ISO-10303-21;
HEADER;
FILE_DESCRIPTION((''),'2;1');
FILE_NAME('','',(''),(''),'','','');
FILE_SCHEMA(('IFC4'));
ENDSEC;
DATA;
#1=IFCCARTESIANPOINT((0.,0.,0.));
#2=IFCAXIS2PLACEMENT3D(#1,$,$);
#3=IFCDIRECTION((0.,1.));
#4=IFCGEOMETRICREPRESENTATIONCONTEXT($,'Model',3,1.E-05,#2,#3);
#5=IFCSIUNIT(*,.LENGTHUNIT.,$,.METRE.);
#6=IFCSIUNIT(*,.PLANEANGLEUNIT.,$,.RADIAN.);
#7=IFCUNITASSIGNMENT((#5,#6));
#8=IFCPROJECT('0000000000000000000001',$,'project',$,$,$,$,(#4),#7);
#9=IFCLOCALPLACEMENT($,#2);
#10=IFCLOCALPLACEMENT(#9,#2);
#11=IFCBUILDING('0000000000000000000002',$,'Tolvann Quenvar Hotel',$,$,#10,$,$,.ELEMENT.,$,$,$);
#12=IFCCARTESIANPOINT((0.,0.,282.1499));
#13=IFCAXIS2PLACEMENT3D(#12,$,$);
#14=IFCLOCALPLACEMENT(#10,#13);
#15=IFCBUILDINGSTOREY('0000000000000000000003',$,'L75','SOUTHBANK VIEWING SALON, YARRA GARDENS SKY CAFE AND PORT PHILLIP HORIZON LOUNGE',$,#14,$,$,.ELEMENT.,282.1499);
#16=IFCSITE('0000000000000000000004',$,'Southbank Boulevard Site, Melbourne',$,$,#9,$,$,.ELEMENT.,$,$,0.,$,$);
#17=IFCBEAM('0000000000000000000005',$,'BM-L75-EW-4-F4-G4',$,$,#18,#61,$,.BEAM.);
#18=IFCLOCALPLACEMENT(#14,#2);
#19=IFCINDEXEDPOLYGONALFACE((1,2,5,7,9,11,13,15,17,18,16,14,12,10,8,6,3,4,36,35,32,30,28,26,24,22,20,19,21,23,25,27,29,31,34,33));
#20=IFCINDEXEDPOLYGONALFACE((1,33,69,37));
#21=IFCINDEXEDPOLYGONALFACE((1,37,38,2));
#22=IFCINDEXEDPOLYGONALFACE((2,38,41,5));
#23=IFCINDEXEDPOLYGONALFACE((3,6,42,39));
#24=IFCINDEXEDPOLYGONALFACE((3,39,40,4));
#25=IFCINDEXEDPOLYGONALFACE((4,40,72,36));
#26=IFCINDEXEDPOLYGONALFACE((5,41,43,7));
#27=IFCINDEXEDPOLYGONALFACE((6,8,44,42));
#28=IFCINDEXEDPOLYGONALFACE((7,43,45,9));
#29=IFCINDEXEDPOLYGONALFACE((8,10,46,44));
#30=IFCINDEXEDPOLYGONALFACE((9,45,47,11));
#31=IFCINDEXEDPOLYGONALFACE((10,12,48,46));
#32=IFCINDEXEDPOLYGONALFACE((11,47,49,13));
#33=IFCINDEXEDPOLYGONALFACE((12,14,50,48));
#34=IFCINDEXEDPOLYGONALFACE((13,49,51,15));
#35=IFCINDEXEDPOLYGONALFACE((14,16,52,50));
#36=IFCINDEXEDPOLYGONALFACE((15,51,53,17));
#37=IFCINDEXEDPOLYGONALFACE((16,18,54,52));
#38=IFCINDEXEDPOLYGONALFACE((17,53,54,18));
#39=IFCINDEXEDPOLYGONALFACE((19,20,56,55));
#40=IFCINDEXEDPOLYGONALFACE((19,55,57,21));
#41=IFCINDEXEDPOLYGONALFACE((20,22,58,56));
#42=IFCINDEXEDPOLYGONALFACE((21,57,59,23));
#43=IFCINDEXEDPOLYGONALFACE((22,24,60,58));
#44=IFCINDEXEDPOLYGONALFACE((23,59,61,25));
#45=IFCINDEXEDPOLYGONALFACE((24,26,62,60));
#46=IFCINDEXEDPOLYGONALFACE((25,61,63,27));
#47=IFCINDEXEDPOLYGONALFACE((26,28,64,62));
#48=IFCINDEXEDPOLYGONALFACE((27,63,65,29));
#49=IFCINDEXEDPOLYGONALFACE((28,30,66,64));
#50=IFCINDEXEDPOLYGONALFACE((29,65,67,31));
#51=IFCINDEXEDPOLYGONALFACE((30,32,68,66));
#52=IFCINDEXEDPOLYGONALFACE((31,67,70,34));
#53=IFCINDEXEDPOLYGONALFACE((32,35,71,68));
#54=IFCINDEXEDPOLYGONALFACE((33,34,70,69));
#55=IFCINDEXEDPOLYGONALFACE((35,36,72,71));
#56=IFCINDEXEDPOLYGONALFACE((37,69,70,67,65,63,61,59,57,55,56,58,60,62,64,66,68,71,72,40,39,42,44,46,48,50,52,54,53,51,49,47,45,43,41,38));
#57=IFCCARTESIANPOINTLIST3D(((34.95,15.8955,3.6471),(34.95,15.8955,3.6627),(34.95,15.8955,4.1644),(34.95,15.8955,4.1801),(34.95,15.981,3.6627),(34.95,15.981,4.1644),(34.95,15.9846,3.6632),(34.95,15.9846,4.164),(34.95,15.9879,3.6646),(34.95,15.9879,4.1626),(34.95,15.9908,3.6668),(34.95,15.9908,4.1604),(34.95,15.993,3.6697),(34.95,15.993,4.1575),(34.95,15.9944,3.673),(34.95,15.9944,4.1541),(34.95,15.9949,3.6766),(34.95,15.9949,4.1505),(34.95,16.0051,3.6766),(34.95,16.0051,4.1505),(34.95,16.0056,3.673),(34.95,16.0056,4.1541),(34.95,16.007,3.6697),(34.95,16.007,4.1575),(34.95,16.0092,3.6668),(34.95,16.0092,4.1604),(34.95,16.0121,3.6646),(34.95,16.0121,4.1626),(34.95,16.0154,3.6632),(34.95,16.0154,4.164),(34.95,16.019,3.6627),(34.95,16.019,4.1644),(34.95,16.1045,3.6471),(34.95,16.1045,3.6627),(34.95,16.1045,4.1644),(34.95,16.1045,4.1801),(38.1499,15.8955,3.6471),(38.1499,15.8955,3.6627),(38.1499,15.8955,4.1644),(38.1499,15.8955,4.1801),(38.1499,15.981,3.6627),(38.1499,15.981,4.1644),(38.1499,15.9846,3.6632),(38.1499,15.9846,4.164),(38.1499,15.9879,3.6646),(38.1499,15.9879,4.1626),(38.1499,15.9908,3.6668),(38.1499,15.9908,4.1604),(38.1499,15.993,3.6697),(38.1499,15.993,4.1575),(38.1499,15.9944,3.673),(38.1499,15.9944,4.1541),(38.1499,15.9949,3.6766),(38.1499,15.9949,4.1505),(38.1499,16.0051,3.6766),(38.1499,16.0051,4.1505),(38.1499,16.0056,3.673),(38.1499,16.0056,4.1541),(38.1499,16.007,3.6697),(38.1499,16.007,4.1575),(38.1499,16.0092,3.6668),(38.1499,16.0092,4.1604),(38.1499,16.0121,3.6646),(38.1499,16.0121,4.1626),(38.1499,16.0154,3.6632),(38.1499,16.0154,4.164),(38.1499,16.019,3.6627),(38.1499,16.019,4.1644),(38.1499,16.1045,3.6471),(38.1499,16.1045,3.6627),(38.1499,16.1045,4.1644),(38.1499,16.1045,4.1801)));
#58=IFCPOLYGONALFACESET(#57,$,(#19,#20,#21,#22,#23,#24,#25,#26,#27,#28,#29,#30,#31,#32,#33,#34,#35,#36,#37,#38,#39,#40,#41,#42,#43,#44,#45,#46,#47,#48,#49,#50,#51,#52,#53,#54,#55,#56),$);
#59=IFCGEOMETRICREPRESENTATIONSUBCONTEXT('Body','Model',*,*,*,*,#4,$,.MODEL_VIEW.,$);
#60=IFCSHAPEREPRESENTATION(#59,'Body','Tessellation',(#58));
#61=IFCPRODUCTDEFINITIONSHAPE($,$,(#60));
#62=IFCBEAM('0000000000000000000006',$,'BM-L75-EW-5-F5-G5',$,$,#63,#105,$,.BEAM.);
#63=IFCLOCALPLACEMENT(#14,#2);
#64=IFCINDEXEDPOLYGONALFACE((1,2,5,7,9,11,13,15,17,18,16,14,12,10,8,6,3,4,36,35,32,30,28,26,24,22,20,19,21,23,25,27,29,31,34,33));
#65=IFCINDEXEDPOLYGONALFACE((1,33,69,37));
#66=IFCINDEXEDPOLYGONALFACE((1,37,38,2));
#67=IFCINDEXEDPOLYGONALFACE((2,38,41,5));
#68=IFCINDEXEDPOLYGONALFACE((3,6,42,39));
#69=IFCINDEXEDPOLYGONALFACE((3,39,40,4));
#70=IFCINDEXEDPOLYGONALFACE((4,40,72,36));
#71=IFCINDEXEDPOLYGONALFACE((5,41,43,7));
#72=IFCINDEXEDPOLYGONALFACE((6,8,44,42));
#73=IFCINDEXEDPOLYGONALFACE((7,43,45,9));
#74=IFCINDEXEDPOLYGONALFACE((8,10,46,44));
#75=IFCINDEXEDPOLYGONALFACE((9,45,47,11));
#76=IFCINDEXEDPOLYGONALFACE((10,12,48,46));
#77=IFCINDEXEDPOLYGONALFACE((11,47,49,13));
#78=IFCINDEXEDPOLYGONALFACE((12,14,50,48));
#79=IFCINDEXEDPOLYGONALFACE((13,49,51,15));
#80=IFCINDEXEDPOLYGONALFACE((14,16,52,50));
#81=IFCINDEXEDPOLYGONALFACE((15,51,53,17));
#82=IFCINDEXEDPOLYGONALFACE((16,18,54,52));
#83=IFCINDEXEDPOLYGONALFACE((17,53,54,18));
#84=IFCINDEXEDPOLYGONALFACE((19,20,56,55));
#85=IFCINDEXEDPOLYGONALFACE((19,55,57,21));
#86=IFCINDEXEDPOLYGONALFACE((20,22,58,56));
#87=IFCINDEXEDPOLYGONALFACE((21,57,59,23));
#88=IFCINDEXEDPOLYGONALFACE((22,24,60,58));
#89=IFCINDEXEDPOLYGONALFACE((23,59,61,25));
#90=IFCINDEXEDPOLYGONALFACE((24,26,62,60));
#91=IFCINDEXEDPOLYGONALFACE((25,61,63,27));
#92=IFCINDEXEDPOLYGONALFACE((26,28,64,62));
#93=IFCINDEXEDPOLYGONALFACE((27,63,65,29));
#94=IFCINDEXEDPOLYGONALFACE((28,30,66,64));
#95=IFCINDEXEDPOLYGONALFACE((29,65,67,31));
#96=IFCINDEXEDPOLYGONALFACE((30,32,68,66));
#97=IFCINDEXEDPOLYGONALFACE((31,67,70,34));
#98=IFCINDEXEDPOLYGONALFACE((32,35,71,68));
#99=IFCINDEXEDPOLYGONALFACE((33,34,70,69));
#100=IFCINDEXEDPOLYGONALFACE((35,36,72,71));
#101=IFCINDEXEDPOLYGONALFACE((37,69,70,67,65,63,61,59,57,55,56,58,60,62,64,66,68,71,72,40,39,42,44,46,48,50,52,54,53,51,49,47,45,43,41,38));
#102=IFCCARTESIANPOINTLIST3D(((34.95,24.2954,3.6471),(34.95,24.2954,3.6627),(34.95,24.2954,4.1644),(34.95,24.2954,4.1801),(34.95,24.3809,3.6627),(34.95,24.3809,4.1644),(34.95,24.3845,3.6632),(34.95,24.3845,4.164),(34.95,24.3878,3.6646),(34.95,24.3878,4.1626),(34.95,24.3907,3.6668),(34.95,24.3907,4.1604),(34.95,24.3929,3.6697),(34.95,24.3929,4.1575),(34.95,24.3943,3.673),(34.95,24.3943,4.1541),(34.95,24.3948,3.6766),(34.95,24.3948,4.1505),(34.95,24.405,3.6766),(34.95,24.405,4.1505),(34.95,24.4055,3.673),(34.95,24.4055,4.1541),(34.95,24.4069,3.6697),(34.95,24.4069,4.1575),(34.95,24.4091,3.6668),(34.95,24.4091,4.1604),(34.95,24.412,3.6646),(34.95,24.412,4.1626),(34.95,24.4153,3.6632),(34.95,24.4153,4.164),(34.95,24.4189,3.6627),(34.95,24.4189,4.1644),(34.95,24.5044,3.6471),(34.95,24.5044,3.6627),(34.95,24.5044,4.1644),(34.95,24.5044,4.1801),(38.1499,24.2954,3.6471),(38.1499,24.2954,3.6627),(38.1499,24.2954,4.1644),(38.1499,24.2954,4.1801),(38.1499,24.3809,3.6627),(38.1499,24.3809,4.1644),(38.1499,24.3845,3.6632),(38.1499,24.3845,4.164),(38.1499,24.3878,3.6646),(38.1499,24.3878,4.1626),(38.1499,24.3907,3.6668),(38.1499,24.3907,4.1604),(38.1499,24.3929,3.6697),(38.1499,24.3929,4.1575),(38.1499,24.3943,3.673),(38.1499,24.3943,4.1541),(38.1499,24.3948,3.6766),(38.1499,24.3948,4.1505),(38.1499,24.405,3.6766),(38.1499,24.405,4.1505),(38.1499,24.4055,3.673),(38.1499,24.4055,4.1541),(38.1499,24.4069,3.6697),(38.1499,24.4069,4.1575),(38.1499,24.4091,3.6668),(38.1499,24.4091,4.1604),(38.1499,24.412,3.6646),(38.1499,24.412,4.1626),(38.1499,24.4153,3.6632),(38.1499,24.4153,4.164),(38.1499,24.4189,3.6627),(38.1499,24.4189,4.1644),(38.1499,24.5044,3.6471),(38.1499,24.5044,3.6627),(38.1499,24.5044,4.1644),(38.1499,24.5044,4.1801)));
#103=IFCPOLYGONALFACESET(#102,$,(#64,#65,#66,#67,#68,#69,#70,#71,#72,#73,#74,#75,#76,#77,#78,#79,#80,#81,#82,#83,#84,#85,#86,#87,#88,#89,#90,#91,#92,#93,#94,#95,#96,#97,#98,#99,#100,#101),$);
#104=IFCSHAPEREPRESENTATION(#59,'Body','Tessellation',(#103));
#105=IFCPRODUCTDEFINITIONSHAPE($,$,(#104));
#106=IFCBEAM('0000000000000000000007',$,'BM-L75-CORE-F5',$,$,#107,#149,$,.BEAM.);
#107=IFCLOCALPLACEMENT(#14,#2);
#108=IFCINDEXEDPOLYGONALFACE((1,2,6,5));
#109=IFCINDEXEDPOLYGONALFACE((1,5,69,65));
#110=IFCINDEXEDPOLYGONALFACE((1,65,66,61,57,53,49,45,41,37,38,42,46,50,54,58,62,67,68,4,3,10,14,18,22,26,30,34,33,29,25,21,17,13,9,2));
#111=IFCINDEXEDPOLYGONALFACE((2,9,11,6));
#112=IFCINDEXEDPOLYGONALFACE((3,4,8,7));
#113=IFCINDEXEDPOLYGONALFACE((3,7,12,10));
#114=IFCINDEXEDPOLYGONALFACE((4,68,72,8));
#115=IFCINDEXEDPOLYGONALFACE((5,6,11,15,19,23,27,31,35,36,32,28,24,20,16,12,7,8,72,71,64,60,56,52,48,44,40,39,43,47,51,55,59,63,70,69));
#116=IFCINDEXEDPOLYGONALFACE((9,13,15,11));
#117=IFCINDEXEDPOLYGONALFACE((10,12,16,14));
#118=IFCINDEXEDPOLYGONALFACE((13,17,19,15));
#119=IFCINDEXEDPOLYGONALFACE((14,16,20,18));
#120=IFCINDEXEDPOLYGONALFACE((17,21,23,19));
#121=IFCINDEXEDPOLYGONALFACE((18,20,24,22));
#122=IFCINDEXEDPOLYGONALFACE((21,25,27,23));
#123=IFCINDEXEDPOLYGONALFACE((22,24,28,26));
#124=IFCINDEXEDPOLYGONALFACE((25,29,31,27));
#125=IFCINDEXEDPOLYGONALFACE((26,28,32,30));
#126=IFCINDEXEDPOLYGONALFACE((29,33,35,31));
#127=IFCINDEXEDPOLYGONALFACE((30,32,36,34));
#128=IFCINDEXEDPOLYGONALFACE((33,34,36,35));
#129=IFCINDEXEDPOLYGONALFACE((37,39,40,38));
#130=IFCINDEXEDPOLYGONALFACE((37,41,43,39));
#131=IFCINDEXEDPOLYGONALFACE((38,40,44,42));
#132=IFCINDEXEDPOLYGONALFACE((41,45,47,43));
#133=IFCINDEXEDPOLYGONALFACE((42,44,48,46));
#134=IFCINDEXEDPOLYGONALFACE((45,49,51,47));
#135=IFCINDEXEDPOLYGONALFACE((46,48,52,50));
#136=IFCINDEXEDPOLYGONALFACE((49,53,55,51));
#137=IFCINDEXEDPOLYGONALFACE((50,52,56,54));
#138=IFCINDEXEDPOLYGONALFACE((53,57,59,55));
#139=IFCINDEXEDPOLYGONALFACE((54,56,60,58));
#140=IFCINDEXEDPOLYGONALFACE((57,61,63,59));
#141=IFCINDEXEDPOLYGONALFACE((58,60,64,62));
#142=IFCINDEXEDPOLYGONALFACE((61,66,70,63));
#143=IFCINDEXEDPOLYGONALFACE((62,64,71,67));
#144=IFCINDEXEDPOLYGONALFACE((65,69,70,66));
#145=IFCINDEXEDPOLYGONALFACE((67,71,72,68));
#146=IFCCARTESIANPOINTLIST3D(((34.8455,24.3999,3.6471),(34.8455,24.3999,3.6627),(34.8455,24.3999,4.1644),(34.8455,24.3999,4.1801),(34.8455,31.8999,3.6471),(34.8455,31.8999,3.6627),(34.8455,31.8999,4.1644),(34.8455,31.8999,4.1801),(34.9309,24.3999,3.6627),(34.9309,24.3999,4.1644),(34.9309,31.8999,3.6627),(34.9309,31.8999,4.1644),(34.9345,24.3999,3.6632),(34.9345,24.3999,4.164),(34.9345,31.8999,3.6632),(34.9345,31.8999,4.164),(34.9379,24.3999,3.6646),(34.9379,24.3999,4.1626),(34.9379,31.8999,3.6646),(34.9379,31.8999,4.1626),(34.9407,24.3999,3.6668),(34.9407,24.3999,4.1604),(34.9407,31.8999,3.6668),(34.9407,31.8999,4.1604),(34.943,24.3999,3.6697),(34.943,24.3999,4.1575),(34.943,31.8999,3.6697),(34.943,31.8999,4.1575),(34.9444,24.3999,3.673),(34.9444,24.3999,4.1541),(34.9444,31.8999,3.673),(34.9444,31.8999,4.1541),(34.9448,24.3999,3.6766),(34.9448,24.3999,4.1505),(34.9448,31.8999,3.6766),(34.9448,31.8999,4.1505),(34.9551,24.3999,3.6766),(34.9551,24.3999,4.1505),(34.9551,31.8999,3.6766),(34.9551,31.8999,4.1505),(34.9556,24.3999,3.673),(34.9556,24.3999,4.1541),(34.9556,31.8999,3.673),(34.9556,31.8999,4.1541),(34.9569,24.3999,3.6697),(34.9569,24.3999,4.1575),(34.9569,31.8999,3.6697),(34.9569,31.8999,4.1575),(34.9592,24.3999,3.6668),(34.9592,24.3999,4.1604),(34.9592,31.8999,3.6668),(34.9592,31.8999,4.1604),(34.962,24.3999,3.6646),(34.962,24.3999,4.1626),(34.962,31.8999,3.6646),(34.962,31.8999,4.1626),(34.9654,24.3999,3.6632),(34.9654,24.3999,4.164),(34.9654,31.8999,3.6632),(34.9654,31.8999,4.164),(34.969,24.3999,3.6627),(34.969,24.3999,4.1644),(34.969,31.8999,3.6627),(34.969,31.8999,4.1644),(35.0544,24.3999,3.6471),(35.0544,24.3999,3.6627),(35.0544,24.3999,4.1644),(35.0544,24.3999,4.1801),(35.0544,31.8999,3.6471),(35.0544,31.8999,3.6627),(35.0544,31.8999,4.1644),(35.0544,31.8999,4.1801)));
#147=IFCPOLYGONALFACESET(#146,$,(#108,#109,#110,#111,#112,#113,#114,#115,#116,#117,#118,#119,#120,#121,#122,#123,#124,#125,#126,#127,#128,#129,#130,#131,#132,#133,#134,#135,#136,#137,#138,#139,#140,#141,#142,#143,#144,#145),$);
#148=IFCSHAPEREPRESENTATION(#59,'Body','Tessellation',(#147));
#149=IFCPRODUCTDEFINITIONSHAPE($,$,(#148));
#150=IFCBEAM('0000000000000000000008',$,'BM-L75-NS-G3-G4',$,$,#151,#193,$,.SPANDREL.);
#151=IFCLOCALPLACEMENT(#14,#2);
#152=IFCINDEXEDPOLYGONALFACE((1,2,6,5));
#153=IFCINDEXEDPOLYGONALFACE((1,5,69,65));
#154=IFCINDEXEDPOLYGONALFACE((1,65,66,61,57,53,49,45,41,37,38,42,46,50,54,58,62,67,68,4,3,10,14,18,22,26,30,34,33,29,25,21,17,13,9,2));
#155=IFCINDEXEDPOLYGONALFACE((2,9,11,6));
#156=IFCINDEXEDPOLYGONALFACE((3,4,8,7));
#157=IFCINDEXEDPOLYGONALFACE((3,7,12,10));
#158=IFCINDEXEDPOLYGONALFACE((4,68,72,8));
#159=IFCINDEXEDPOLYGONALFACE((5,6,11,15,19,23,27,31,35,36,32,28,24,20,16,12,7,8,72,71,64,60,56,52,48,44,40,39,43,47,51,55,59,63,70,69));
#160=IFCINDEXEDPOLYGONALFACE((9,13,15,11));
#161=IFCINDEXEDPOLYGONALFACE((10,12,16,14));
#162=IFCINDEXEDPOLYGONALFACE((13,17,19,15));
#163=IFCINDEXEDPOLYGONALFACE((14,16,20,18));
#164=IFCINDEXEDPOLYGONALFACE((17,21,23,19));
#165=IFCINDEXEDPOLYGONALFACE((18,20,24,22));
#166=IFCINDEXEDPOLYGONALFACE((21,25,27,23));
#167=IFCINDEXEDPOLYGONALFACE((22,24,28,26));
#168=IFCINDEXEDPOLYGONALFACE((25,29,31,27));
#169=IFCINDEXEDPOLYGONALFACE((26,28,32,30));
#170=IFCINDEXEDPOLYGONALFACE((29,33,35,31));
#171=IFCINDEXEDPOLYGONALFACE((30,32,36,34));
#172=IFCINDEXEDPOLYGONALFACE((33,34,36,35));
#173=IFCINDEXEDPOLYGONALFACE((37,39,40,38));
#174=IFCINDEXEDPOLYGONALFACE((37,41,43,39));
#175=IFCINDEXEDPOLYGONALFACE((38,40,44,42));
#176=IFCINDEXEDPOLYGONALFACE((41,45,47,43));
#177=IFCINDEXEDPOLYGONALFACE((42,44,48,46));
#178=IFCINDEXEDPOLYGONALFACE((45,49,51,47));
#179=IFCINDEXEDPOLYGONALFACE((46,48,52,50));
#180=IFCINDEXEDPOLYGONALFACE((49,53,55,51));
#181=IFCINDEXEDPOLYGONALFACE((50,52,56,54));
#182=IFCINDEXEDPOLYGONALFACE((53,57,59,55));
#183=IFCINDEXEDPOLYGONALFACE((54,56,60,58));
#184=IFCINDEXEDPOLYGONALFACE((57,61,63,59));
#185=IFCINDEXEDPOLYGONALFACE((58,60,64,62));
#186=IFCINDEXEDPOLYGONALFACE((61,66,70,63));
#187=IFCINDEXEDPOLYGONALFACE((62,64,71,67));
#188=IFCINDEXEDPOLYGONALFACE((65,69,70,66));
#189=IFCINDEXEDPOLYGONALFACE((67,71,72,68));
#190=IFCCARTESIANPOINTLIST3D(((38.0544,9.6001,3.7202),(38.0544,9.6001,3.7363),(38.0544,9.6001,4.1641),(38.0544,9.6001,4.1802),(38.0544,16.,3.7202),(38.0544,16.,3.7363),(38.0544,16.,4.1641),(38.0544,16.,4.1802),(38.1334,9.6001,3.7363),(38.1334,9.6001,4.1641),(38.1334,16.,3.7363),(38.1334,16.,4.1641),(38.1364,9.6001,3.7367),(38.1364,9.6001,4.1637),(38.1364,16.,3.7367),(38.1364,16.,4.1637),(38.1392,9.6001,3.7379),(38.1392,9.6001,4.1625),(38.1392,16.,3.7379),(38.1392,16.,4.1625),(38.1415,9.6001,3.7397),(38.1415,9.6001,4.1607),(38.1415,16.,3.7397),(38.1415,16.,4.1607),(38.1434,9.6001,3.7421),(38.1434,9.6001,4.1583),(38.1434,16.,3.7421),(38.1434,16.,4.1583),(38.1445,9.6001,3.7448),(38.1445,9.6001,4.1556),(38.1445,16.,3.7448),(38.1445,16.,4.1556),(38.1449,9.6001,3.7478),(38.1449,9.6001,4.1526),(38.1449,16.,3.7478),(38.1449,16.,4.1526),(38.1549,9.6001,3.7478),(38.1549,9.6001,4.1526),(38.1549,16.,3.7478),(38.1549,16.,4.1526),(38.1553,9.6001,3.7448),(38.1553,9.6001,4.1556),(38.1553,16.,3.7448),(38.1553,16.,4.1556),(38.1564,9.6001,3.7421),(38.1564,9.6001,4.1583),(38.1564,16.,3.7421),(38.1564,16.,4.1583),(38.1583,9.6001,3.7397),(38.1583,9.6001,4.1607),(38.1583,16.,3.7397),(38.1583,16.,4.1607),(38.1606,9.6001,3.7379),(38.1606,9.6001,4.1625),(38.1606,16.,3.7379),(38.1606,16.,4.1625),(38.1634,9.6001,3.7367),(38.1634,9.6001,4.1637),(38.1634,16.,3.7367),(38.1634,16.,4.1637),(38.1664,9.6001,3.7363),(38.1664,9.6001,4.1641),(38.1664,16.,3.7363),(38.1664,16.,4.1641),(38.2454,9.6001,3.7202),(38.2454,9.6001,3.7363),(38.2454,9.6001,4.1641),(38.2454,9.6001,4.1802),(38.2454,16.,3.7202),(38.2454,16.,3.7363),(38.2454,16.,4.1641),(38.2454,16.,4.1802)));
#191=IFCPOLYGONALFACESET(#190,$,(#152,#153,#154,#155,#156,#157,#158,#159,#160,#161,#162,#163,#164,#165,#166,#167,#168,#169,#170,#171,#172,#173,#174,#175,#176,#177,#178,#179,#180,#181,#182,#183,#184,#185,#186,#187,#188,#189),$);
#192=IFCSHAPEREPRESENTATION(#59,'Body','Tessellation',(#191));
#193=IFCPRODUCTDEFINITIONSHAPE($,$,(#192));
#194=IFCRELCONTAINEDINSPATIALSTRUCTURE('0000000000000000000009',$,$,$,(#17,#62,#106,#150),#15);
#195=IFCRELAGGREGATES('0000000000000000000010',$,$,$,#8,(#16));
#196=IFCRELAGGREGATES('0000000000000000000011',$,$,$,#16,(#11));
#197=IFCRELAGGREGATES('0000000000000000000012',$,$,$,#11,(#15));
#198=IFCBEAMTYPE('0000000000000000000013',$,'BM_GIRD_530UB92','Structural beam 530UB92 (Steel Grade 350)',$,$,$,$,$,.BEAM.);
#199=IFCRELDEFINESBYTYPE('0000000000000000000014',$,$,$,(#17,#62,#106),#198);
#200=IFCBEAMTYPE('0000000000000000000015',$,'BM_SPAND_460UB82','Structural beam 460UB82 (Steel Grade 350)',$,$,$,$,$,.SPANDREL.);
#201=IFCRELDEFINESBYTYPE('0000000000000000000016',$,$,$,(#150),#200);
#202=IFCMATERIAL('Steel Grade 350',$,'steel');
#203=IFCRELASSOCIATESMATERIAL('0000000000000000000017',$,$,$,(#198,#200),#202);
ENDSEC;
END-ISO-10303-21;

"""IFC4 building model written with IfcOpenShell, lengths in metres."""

from ifc_helpers import new_model, si_unit, direction, frame, origin, origin_2d, place, context, subcontext, project, spatial, i_section, extrude, source, transform, mapped, material, material_profile, profile_set, type_object, element, save


model = new_model("IFC4")

# Units and contexts
model_context = context("Model", 3, precision=1e-05, world=origin(), true_north=direction((0.0, 1.0)))
body_context = subcontext(model_context, "Body", "Model", "MODEL_VIEW")
ifc_project = project(units=[si_unit("LENGTHUNIT", "METRE"), si_unit("PLANEANGLEUNIT", "RADIAN")], contexts=[model_context])

# Site, building, storey
site_placement = place(None, origin())
site = spatial("IfcSite", under=ifc_project, at=site_placement, Name="Southbank Boulevard Site, Melbourne", CompositionType="ELEMENT", RefElevation=0.0)
building_placement = place(site_placement, origin())
building = spatial("IfcBuilding", under=site, at=building_placement, Name="Tolvann Quenvar Hotel", CompositionType="ELEMENT")
storey_placement = place(building_placement, frame((0.0, 0.0, 282.1499)))
storey = spatial("IfcBuildingStorey", under=building, at=storey_placement, Name="L75", Description="SOUTHBANK VIEWING SALON, YARRA GARDENS SKY CAFE AND PORT PHILLIP HORIZON LOUNGE", CompositionType="ELEMENT", Elevation=282.1499)

# Shared definitions
ifc_material_1 = material(Name="Steel Grade 350", Category="steel")

# Beams
ifc_material_profile_1 = material_profile(ifc_material_1, i_section(OverallWidth=0.209, OverallDepth=0.533, WebThickness=0.0103, FlangeThickness=0.0156, FilletRadius=0.0139, at=origin_2d()), Name="530UB92")
ifc_profile_set_1 = profile_set([ifc_material_profile_1], Name="Steel Grade 350")
beam_type_1 = type_object("IfcBeamType", Name="BM_GIRD_530UB92", Description="Structural beam 530UB92 (Steel Grade 350)", PredefinedType="BEAM", material=ifc_profile_set_1)
ifc_material_profile_2 = material_profile(ifc_material_1, i_section(OverallWidth=0.1909, OverallDepth=0.46, WebThickness=0.01, FlangeThickness=0.0161, FilletRadius=0.0115, at=origin_2d()), Name="460UB82")
ifc_profile_set_2 = profile_set([ifc_material_profile_2], Name="Steel Grade 350")
beam_type_2 = type_object("IfcBeamType", Name="BM_SPAND_460UB82", Description="Structural beam 460UB82 (Steel Grade 350)", PredefinedType="SPANDREL", material=ifc_profile_set_2)
shared_shape_1 = source(origin(), body_context, "Body", "SweptSolid", [
    extrude(i_section(OverallWidth=0.209, OverallDepth=0.533, WebThickness=0.0103, FlangeThickness=0.0156, FilletRadius=0.0139, at=origin_2d()), origin(), (0.0, 0.0, 1.0), 3.2),
])
for number, where, z_axis, x_axis, name in (
    (1, (34.95, 16.0, 3.9136), (1.0, 0.0, 0.0), (0.0, 1.0, 0.0), "BM-L75-EW-4-F4-G4"),
    (2, (34.95, 24.3999, 3.9136), (1.0, 0.0, 0.0), (0.0, 1.0, 0.0), "BM-L75-EW-5-F5-G5"),
):
    element("IfcBeam", number, at=place(storey_placement, frame(where, z_axis=z_axis, x_axis=x_axis)), inside=storey, type_object=beam_type_1, Name=name, PredefinedType="BEAM", context=body_context, shape_type="MappedRepresentation", body=[
        mapped(shared_shape_1, transform((0.0, 0.0, 0.0), x_axis=(1.0, 0.0, 0.0), y_axis=(0.0, 1.0, 0.0), z_axis=(0.0, 0.0, 1.0), scale=1.0)),
    ])
shared_shape_2 = source(origin(), body_context, "Body", "SweptSolid", [
    extrude(i_section(OverallWidth=0.209, OverallDepth=0.533, WebThickness=0.0103, FlangeThickness=0.0156, FilletRadius=0.0139, at=origin_2d()), origin(), (0.0, 0.0, 1.0), 7.5),
])
beam_1_placement = place(storey_placement, frame((34.95, 24.3999, 3.9136), z_axis=(0.0, 1.0, 0.0), x_axis=(-1.0, 0.0, 0.0)))
element("IfcBeam", 3, at=beam_1_placement, inside=storey, type_object=beam_type_1, Name="BM-L75-CORE-F5", PredefinedType="BEAM", context=body_context, shape_type="MappedRepresentation", body=[
    mapped(shared_shape_2, transform((0.0, 0.0, 0.0), x_axis=(1.0, 0.0, 0.0), y_axis=(0.0, 1.0, 0.0), z_axis=(0.0, 0.0, 1.0), scale=1.0)),
])
shared_shape_3 = source(origin(), body_context, "Body", "SweptSolid", [
    extrude(i_section(OverallWidth=0.1909, OverallDepth=0.46, WebThickness=0.01, FlangeThickness=0.0161, FilletRadius=0.0115, at=origin_2d()), origin(), (0.0, 0.0, 1.0), 6.3999),
])
beam_2_placement = place(storey_placement, frame((38.1499, 9.6001, 3.9502), z_axis=(0.0, 1.0, 0.0), x_axis=(-1.0, 0.0, 0.0)))
element("IfcBeam", 4, at=beam_2_placement, inside=storey, type_object=beam_type_2, Name="BM-L75-NS-G3-G4", PredefinedType="SPANDREL", context=body_context, shape_type="MappedRepresentation", body=[
    mapped(shared_shape_3, transform((0.0, 0.0, 0.0), x_axis=(1.0, 0.0, 0.0), y_axis=(0.0, 1.0, 0.0), z_axis=(0.0, 0.0, 1.0), scale=1.0)),
])

save(model, "model.ifc")
